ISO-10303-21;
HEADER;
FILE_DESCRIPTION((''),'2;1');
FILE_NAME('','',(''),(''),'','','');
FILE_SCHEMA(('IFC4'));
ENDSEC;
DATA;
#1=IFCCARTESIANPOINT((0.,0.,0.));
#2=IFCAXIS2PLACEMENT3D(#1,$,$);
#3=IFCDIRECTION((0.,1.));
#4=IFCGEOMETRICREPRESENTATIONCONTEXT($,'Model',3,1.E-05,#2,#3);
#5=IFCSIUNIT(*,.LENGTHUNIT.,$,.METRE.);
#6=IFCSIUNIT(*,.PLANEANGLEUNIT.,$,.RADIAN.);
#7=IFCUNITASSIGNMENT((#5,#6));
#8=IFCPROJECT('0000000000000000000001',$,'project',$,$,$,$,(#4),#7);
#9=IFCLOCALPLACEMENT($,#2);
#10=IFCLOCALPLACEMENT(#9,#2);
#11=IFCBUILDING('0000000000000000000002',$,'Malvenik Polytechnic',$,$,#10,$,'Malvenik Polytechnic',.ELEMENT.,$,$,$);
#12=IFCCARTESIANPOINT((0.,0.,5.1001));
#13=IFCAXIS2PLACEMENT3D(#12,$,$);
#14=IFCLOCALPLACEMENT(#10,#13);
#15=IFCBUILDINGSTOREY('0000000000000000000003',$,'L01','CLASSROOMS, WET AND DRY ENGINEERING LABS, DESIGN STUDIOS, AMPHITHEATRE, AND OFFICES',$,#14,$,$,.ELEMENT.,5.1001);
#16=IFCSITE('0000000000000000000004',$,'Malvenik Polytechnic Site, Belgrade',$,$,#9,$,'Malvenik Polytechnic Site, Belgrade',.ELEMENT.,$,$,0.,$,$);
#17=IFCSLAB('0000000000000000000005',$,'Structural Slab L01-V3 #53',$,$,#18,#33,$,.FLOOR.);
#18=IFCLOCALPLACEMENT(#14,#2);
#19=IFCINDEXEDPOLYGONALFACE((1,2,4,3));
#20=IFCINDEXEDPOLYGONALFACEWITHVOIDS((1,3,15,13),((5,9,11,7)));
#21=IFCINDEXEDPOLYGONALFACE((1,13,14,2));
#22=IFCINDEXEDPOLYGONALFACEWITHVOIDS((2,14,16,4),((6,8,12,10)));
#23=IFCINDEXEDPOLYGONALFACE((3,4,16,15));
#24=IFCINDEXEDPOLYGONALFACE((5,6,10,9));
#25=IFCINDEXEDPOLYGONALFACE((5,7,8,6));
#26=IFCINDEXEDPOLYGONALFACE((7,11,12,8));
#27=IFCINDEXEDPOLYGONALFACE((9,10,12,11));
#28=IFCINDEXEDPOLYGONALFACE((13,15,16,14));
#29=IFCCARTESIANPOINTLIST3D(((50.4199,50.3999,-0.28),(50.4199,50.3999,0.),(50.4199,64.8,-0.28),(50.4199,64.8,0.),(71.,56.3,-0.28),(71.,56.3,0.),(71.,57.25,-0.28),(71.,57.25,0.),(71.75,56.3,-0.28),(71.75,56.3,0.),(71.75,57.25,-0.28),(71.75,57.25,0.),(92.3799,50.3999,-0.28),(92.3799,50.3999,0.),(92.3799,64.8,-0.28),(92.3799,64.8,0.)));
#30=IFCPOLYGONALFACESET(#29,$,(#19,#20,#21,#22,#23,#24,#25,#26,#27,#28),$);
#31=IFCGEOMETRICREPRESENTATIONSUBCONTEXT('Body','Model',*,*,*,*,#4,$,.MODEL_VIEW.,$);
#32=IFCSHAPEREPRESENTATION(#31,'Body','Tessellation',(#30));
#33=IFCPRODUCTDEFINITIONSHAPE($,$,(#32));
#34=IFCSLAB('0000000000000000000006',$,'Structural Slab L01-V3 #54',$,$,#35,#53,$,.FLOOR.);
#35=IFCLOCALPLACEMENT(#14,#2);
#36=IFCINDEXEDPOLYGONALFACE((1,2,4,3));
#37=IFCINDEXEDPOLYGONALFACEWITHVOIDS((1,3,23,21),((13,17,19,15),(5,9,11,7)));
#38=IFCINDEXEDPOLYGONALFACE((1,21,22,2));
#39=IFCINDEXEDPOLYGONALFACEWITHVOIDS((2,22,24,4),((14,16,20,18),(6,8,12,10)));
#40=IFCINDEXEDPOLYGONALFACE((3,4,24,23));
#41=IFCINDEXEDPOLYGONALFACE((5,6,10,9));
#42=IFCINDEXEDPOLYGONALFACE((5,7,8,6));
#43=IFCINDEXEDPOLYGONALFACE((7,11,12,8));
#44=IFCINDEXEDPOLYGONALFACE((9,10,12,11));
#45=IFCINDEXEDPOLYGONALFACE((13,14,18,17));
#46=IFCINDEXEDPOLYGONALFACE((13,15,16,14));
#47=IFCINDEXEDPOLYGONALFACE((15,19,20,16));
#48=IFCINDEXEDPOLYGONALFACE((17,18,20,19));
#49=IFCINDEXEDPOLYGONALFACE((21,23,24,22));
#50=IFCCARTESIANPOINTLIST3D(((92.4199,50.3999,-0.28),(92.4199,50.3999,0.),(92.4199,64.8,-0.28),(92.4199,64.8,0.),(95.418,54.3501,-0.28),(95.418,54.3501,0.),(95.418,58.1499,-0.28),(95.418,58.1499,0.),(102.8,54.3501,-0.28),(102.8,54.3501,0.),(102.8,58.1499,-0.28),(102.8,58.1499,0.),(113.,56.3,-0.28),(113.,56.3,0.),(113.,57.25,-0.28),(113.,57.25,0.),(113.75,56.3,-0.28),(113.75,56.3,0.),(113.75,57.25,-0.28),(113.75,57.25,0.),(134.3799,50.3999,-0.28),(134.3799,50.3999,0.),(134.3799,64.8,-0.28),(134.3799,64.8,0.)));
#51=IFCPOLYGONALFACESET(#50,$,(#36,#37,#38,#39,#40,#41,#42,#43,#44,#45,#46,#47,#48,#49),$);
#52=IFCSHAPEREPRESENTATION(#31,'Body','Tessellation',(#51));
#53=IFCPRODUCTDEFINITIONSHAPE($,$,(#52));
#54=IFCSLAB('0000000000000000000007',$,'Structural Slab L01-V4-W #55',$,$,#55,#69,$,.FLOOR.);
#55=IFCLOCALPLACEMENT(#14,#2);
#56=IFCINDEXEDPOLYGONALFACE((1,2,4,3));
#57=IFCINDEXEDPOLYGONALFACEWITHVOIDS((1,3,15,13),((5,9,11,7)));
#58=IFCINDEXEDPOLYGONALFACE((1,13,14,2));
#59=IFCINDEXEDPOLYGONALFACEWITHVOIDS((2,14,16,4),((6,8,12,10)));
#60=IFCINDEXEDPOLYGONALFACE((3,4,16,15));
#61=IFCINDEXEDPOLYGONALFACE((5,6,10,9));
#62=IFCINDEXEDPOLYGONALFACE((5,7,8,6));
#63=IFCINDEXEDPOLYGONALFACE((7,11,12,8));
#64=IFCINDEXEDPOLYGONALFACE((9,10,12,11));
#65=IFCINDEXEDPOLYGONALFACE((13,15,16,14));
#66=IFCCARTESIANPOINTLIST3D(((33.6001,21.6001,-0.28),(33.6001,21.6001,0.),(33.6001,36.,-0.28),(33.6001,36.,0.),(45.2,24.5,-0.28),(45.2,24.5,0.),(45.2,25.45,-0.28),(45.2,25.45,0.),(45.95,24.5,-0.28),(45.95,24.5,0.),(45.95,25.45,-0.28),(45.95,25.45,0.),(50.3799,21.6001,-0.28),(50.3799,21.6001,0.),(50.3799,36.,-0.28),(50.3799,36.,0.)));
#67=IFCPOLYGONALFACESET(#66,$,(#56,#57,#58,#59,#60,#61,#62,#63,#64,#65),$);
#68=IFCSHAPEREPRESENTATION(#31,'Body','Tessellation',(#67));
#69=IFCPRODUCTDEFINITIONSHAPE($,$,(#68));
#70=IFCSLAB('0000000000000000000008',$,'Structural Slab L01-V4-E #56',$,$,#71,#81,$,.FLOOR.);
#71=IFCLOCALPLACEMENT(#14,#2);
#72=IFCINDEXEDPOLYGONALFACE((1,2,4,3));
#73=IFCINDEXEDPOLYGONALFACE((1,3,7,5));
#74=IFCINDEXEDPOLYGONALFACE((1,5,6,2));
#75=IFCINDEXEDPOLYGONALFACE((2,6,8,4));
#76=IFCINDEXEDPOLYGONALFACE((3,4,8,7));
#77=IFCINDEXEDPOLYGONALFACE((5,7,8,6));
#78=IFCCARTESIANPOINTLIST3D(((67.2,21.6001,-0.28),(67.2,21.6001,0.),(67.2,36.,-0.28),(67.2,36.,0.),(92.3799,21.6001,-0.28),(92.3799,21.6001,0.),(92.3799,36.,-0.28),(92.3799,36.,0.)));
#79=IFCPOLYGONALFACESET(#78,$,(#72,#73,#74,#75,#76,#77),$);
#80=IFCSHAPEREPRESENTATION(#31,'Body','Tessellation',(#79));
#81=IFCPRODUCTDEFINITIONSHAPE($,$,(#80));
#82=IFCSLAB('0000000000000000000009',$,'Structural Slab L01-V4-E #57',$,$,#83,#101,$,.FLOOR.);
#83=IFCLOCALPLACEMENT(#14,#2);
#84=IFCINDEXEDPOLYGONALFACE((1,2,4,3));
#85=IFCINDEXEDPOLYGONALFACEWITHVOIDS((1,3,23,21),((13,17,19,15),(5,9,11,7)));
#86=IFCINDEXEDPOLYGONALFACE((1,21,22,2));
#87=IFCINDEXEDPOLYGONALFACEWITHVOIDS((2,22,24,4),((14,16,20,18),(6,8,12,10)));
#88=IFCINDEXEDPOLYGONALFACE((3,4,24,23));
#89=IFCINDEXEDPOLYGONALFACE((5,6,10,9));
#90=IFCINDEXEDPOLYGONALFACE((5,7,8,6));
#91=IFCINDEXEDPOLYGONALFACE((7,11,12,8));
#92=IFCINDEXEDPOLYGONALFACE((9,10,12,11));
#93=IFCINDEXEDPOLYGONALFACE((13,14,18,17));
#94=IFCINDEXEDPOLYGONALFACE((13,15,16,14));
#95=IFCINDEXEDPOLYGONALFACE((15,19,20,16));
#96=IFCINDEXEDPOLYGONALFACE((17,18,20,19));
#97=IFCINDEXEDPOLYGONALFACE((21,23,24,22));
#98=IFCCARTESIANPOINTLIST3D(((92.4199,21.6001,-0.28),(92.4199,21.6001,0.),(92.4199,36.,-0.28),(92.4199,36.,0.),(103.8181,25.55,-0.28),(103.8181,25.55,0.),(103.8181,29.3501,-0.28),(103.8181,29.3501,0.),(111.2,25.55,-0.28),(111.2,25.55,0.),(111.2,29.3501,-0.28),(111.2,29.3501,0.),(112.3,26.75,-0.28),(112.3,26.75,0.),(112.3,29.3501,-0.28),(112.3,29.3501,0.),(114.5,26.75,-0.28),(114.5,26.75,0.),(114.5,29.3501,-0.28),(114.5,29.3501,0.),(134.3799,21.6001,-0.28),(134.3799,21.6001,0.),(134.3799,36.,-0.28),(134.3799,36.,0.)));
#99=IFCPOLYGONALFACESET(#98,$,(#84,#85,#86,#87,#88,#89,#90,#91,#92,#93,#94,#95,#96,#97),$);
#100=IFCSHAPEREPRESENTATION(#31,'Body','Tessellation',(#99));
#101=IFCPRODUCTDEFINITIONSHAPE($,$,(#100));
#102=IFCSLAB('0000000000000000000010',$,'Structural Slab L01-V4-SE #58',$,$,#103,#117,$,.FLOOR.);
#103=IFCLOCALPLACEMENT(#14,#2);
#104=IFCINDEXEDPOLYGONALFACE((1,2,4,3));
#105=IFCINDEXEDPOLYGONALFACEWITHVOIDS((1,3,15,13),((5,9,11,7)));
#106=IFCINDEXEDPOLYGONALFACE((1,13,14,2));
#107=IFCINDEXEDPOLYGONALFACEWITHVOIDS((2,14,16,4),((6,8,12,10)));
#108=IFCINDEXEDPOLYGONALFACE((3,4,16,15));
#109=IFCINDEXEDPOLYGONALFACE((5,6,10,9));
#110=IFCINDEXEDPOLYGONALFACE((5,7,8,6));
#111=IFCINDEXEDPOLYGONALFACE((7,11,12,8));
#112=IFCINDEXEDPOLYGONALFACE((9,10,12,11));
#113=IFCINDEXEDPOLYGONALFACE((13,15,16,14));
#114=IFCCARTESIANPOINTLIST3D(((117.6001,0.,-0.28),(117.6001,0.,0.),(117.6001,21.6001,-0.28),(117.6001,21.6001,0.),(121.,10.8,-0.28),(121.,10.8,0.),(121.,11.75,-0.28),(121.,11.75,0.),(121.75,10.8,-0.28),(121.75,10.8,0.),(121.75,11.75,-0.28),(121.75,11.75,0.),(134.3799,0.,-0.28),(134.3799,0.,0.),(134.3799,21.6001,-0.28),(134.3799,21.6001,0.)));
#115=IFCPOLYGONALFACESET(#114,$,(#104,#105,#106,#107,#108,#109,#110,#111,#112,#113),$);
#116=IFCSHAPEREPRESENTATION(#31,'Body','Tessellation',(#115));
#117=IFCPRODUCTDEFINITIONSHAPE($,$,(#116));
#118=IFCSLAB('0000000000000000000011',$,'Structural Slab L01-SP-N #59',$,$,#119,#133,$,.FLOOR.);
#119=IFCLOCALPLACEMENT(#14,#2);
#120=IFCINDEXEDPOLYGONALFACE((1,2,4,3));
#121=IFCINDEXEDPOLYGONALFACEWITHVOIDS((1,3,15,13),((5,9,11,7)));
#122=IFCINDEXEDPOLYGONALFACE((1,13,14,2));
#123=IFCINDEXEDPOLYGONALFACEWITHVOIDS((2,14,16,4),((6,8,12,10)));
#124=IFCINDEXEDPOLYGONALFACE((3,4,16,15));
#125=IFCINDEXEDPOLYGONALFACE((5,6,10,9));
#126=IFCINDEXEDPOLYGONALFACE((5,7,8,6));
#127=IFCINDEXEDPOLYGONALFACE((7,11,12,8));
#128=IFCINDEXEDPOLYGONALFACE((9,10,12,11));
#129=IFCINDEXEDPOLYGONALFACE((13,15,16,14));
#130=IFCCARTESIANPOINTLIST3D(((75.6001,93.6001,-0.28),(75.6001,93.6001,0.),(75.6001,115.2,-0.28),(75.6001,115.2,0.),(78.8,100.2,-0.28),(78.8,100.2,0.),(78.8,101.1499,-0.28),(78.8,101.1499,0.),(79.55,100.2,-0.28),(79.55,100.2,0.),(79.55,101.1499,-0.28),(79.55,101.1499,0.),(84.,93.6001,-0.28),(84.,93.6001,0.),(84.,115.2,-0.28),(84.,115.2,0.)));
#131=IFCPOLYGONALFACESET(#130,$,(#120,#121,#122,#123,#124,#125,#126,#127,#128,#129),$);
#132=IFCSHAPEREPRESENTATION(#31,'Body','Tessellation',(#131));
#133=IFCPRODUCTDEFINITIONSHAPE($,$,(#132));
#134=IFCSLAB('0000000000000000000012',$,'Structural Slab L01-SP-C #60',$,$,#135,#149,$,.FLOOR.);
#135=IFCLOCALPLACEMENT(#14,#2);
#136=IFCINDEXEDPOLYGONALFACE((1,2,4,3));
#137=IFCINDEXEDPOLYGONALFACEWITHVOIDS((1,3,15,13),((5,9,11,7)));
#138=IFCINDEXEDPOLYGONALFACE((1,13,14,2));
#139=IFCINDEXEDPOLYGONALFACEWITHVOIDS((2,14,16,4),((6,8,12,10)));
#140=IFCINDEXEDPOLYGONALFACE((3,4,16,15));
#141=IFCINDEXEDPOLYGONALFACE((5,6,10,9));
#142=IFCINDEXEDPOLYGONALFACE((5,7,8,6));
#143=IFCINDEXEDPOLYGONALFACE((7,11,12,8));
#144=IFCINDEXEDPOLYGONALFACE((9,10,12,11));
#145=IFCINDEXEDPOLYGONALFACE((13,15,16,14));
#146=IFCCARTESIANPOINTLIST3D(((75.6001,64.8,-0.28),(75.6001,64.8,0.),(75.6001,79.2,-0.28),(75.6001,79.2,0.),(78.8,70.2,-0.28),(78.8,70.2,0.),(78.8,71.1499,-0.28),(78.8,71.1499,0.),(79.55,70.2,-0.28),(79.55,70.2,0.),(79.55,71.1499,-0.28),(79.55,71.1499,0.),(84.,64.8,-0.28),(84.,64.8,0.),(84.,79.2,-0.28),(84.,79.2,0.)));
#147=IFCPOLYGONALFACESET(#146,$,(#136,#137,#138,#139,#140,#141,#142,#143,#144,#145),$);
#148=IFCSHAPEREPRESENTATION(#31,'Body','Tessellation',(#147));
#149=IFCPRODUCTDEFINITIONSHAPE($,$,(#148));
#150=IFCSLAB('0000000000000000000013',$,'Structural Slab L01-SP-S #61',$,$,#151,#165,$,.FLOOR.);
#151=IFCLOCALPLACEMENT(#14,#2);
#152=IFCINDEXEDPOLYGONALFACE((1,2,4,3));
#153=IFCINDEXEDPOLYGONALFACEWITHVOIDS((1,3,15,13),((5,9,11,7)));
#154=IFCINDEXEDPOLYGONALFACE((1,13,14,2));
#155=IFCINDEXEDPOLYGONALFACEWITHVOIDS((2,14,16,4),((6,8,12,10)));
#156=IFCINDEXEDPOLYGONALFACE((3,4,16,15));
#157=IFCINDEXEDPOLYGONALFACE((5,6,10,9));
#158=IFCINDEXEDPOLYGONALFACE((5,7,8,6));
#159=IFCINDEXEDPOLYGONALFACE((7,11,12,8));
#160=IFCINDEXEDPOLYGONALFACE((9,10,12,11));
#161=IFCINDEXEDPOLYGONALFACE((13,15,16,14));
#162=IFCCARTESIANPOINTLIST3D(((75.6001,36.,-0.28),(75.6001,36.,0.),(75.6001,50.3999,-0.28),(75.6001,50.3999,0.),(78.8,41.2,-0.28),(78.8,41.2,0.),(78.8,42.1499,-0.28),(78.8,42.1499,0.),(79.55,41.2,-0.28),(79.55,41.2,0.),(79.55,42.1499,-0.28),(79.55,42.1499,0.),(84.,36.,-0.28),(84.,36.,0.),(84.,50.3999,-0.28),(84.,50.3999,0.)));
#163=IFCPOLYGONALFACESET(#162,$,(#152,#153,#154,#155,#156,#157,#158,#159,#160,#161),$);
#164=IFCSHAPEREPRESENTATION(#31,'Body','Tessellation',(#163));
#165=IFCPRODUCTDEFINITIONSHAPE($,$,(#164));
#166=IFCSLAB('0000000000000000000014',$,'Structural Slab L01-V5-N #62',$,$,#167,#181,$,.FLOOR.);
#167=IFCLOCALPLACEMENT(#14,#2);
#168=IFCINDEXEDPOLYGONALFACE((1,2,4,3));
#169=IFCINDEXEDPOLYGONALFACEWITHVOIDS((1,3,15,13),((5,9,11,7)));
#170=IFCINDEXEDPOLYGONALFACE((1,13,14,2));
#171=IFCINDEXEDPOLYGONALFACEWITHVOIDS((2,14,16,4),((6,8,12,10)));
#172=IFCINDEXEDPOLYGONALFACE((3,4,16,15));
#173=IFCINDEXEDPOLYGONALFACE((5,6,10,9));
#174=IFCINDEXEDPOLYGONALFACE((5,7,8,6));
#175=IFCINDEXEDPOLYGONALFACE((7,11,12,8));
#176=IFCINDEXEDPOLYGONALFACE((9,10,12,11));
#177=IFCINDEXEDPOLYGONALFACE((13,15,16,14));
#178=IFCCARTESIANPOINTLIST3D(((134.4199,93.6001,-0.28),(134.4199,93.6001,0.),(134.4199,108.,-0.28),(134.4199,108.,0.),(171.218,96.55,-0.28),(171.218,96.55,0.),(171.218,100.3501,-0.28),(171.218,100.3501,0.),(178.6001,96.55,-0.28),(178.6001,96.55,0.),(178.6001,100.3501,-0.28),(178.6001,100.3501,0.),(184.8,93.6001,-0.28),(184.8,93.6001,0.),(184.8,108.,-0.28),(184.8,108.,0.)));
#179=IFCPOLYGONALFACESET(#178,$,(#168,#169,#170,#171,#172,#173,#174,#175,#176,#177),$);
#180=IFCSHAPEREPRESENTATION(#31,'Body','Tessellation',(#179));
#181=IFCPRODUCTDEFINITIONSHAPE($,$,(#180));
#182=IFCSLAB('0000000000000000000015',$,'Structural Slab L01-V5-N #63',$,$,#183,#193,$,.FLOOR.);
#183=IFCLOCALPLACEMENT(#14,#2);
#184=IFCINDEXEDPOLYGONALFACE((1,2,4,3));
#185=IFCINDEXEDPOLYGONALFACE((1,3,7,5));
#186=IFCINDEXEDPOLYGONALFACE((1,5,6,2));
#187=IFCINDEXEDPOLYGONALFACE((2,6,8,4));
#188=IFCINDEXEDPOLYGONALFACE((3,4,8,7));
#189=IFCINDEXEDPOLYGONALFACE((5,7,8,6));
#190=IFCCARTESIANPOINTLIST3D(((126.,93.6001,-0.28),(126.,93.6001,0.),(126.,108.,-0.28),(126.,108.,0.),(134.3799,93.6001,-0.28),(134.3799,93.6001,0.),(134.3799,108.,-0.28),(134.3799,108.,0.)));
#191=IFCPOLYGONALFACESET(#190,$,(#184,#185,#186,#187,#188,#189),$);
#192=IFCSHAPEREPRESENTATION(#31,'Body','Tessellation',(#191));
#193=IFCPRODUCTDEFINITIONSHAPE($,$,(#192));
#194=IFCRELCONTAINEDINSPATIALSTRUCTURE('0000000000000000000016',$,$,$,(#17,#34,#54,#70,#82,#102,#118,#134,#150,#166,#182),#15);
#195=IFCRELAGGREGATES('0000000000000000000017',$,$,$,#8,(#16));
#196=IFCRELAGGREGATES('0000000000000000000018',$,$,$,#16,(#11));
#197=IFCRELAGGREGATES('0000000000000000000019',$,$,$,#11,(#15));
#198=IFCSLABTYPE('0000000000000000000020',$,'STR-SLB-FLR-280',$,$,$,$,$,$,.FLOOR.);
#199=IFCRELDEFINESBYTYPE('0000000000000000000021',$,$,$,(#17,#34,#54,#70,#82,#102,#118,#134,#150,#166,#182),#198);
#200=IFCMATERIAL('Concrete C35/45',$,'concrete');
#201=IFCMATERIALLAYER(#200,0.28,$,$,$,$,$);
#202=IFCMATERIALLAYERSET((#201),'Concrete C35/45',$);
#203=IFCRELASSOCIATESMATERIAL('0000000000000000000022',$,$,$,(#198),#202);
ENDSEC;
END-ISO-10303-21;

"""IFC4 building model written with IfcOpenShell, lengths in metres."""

from ifc_helpers import new_model, si_unit, direction, frame, origin, place, context, subcontext, project, spatial, polyline, outline, extrude, material, layer, layer_set, type_object, element, save


model = new_model("IFC4")

# Units and contexts
model_context = context("Model", 3, precision=1e-05, world=origin(), true_north=direction((0.0, 1.0)))
body_context = subcontext(model_context, "Body", "Model", "MODEL_VIEW")
ifc_project = project(units=[si_unit("LENGTHUNIT", "METRE"), si_unit("PLANEANGLEUNIT", "RADIAN")], contexts=[model_context])

# Site, building, storey
site_placement = place(None, origin())
site = spatial("IfcSite", under=ifc_project, at=site_placement, Name="Malvenik Polytechnic Site, Belgrade", LongName="Malvenik Polytechnic Site, Belgrade", CompositionType="ELEMENT", RefElevation=0.0)
building_placement = place(site_placement, origin())
building = spatial("IfcBuilding", under=site, at=building_placement, Name="Malvenik Polytechnic", LongName="Malvenik Polytechnic", CompositionType="ELEMENT")
storey_placement = place(building_placement, frame((0.0, 0.0, 5.1001)))
storey = spatial("IfcBuildingStorey", under=building, at=storey_placement, Name="L01", Description="CLASSROOMS, WET AND DRY ENGINEERING LABS, DESIGN STUDIOS, AMPHITHEATRE, AND OFFICES", CompositionType="ELEMENT", Elevation=5.1001)

# Slabs
ifc_material = material(Name="Concrete C35/45", Category="concrete")
ifc_layer = layer(ifc_material, 0.28)
ifc_layer_set = layer_set([ifc_layer], Name="Concrete C35/45")
slab_type = type_object("IfcSlabType", Name="STR-SLB-FLR-280", PredefinedType="FLOOR", material=ifc_layer_set)
slab_1_placement = place(storey_placement, frame((0.0, 0.0, -0.28)))
element("IfcSlab", 1, at=slab_1_placement, inside=storey, type_object=slab_type, Name="Structural Slab L01-V3 #53", PredefinedType="FLOOR", context=body_context, shape_type="SweptSolid", body=[
    extrude(outline(polyline([(92.3799, 64.8), (92.3799, 50.3999), (50.4199, 50.3999), (50.4199, 64.8), (92.3799, 64.8)]), holes=[polyline([(71.75, 57.25), (71.0, 57.25), (71.0, 56.3), (71.75, 56.3), (71.75, 57.25)])]), origin(), (0.0, 0.0, 1.0), 0.28),
])
slab_2_placement = place(storey_placement, frame((0.0, 0.0, -0.28)))
element("IfcSlab", 2, at=slab_2_placement, inside=storey, type_object=slab_type, Name="Structural Slab L01-V3 #54", PredefinedType="FLOOR", context=body_context, shape_type="SweptSolid", body=[
    extrude(outline(polyline([(134.3799, 64.8), (134.3799, 50.3999), (92.4199, 50.3999), (92.4199, 64.8), (134.3799, 64.8)]), holes=[polyline([(102.8, 54.3501), (102.8, 58.1499), (95.418, 58.1499), (95.418, 54.3501), (102.8, 54.3501)]), polyline([(113.75, 57.25), (113.0, 57.25), (113.0, 56.3), (113.75, 56.3), (113.75, 57.25)])]), origin(), (0.0, 0.0, 1.0), 0.28),
])
slab_3_placement = place(storey_placement, frame((0.0, 0.0, -0.28)))
element("IfcSlab", 3, at=slab_3_placement, inside=storey, type_object=slab_type, Name="Structural Slab L01-V4-W #55", PredefinedType="FLOOR", context=body_context, shape_type="SweptSolid", body=[
    extrude(outline(polyline([(50.3799, 36.0), (50.3799, 21.6001), (33.6001, 21.6001), (33.6001, 36.0), (50.3799, 36.0)]), holes=[polyline([(45.95, 25.45), (45.2, 25.45), (45.2, 24.5), (45.95, 24.5), (45.95, 25.45)])]), origin(), (0.0, 0.0, 1.0), 0.28),
])
slab_4_placement = place(storey_placement, frame((0.0, 0.0, -0.28)))
element("IfcSlab", 4, at=slab_4_placement, inside=storey, type_object=slab_type, Name="Structural Slab L01-V4-E #56", PredefinedType="FLOOR", context=body_context, shape_type="SweptSolid", body=[
    extrude(outline(polyline([(92.3799, 36.0), (92.3799, 21.6001), (67.2, 21.6001), (67.2, 36.0), (92.3799, 36.0)])), origin(), (0.0, 0.0, 1.0), 0.28),
])
slab_5_placement = place(storey_placement, frame((0.0, 0.0, -0.28)))
element("IfcSlab", 5, at=slab_5_placement, inside=storey, type_object=slab_type, Name="Structural Slab L01-V4-E #57", PredefinedType="FLOOR", context=body_context, shape_type="SweptSolid", body=[
    extrude(outline(polyline([(134.3799, 36.0), (134.3799, 21.6001), (92.4199, 21.6001), (92.4199, 36.0), (134.3799, 36.0)]), holes=[polyline([(111.2, 25.55), (111.2, 29.3501), (103.8181, 29.3501), (103.8181, 25.55), (111.2, 25.55)]), polyline([(114.5, 29.3501), (112.3, 29.3501), (112.3, 26.75), (114.5, 26.75), (114.5, 29.3501)])]), origin(), (0.0, 0.0, 1.0), 0.28),
])
slab_6_placement = place(storey_placement, frame((0.0, 0.0, -0.28)))
element("IfcSlab", 6, at=slab_6_placement, inside=storey, type_object=slab_type, Name="Structural Slab L01-V4-SE #58", PredefinedType="FLOOR", context=body_context, shape_type="SweptSolid", body=[
    extrude(outline(polyline([(117.6001, 21.6001), (134.3799, 21.6001), (134.3799, 0.0), (117.6001, 0.0), (117.6001, 21.6001)]), holes=[polyline([(121.75, 11.75), (121.0, 11.75), (121.0, 10.8), (121.75, 10.8), (121.75, 11.75)])]), origin(), (0.0, 0.0, 1.0), 0.28),
])
slab_7_placement = place(storey_placement, frame((0.0, 0.0, -0.28)))
element("IfcSlab", 7, at=slab_7_placement, inside=storey, type_object=slab_type, Name="Structural Slab L01-SP-N #59", PredefinedType="FLOOR", context=body_context, shape_type="SweptSolid", body=[
    extrude(outline(polyline([(75.6001, 115.2), (84.0, 115.2), (84.0, 93.6001), (75.6001, 93.6001), (75.6001, 115.2)]), holes=[polyline([(79.55, 101.1499), (78.8, 101.1499), (78.8, 100.2), (79.55, 100.2), (79.55, 101.1499)])]), origin(), (0.0, 0.0, 1.0), 0.28),
])
slab_8_placement = place(storey_placement, frame((0.0, 0.0, -0.28)))
element("IfcSlab", 8, at=slab_8_placement, inside=storey, type_object=slab_type, Name="Structural Slab L01-SP-C #60", PredefinedType="FLOOR", context=body_context, shape_type="SweptSolid", body=[
    extrude(outline(polyline([(75.6001, 79.2), (84.0, 79.2), (84.0, 64.8), (75.6001, 64.8), (75.6001, 79.2)]), holes=[polyline([(79.55, 71.1499), (78.8, 71.1499), (78.8, 70.2), (79.55, 70.2), (79.55, 71.1499)])]), origin(), (0.0, 0.0, 1.0), 0.28),
])
slab_9_placement = place(storey_placement, frame((0.0, 0.0, -0.28)))
element("IfcSlab", 9, at=slab_9_placement, inside=storey, type_object=slab_type, Name="Structural Slab L01-SP-S #61", PredefinedType="FLOOR", context=body_context, shape_type="SweptSolid", body=[
    extrude(outline(polyline([(75.6001, 50.3999), (84.0, 50.3999), (84.0, 36.0), (75.6001, 36.0), (75.6001, 50.3999)]), holes=[polyline([(79.55, 42.1499), (78.8, 42.1499), (78.8, 41.2), (79.55, 41.2), (79.55, 42.1499)])]), origin(), (0.0, 0.0, 1.0), 0.28),
])
slab_10_placement = place(storey_placement, frame((0.0, 0.0, -0.28)))
element("IfcSlab", 10, at=slab_10_placement, inside=storey, type_object=slab_type, Name="Structural Slab L01-V5-N #62", PredefinedType="FLOOR", context=body_context, shape_type="SweptSolid", body=[
    extrude(outline(polyline([(184.8, 93.6001), (134.4199, 93.6001), (134.4199, 108.0), (184.8, 108.0), (184.8, 93.6001)]), holes=[polyline([(178.6001, 96.55), (178.6001, 100.3501), (171.218, 100.3501), (171.218, 96.55), (178.6001, 96.55)])]), origin(), (0.0, 0.0, 1.0), 0.28),
])
slab_11_placement = place(storey_placement, frame((0.0, 0.0, -0.28)))
element("IfcSlab", 11, at=slab_11_placement, inside=storey, type_object=slab_type, Name="Structural Slab L01-V5-N #63", PredefinedType="FLOOR", context=body_context, shape_type="SweptSolid", body=[
    extrude(outline(polyline([(126.0, 93.6001), (126.0, 108.0), (134.3799, 108.0), (134.3799, 93.6001), (126.0, 93.6001)])), origin(), (0.0, 0.0, 1.0), 0.28),
])

save(model, "model.ifc")
